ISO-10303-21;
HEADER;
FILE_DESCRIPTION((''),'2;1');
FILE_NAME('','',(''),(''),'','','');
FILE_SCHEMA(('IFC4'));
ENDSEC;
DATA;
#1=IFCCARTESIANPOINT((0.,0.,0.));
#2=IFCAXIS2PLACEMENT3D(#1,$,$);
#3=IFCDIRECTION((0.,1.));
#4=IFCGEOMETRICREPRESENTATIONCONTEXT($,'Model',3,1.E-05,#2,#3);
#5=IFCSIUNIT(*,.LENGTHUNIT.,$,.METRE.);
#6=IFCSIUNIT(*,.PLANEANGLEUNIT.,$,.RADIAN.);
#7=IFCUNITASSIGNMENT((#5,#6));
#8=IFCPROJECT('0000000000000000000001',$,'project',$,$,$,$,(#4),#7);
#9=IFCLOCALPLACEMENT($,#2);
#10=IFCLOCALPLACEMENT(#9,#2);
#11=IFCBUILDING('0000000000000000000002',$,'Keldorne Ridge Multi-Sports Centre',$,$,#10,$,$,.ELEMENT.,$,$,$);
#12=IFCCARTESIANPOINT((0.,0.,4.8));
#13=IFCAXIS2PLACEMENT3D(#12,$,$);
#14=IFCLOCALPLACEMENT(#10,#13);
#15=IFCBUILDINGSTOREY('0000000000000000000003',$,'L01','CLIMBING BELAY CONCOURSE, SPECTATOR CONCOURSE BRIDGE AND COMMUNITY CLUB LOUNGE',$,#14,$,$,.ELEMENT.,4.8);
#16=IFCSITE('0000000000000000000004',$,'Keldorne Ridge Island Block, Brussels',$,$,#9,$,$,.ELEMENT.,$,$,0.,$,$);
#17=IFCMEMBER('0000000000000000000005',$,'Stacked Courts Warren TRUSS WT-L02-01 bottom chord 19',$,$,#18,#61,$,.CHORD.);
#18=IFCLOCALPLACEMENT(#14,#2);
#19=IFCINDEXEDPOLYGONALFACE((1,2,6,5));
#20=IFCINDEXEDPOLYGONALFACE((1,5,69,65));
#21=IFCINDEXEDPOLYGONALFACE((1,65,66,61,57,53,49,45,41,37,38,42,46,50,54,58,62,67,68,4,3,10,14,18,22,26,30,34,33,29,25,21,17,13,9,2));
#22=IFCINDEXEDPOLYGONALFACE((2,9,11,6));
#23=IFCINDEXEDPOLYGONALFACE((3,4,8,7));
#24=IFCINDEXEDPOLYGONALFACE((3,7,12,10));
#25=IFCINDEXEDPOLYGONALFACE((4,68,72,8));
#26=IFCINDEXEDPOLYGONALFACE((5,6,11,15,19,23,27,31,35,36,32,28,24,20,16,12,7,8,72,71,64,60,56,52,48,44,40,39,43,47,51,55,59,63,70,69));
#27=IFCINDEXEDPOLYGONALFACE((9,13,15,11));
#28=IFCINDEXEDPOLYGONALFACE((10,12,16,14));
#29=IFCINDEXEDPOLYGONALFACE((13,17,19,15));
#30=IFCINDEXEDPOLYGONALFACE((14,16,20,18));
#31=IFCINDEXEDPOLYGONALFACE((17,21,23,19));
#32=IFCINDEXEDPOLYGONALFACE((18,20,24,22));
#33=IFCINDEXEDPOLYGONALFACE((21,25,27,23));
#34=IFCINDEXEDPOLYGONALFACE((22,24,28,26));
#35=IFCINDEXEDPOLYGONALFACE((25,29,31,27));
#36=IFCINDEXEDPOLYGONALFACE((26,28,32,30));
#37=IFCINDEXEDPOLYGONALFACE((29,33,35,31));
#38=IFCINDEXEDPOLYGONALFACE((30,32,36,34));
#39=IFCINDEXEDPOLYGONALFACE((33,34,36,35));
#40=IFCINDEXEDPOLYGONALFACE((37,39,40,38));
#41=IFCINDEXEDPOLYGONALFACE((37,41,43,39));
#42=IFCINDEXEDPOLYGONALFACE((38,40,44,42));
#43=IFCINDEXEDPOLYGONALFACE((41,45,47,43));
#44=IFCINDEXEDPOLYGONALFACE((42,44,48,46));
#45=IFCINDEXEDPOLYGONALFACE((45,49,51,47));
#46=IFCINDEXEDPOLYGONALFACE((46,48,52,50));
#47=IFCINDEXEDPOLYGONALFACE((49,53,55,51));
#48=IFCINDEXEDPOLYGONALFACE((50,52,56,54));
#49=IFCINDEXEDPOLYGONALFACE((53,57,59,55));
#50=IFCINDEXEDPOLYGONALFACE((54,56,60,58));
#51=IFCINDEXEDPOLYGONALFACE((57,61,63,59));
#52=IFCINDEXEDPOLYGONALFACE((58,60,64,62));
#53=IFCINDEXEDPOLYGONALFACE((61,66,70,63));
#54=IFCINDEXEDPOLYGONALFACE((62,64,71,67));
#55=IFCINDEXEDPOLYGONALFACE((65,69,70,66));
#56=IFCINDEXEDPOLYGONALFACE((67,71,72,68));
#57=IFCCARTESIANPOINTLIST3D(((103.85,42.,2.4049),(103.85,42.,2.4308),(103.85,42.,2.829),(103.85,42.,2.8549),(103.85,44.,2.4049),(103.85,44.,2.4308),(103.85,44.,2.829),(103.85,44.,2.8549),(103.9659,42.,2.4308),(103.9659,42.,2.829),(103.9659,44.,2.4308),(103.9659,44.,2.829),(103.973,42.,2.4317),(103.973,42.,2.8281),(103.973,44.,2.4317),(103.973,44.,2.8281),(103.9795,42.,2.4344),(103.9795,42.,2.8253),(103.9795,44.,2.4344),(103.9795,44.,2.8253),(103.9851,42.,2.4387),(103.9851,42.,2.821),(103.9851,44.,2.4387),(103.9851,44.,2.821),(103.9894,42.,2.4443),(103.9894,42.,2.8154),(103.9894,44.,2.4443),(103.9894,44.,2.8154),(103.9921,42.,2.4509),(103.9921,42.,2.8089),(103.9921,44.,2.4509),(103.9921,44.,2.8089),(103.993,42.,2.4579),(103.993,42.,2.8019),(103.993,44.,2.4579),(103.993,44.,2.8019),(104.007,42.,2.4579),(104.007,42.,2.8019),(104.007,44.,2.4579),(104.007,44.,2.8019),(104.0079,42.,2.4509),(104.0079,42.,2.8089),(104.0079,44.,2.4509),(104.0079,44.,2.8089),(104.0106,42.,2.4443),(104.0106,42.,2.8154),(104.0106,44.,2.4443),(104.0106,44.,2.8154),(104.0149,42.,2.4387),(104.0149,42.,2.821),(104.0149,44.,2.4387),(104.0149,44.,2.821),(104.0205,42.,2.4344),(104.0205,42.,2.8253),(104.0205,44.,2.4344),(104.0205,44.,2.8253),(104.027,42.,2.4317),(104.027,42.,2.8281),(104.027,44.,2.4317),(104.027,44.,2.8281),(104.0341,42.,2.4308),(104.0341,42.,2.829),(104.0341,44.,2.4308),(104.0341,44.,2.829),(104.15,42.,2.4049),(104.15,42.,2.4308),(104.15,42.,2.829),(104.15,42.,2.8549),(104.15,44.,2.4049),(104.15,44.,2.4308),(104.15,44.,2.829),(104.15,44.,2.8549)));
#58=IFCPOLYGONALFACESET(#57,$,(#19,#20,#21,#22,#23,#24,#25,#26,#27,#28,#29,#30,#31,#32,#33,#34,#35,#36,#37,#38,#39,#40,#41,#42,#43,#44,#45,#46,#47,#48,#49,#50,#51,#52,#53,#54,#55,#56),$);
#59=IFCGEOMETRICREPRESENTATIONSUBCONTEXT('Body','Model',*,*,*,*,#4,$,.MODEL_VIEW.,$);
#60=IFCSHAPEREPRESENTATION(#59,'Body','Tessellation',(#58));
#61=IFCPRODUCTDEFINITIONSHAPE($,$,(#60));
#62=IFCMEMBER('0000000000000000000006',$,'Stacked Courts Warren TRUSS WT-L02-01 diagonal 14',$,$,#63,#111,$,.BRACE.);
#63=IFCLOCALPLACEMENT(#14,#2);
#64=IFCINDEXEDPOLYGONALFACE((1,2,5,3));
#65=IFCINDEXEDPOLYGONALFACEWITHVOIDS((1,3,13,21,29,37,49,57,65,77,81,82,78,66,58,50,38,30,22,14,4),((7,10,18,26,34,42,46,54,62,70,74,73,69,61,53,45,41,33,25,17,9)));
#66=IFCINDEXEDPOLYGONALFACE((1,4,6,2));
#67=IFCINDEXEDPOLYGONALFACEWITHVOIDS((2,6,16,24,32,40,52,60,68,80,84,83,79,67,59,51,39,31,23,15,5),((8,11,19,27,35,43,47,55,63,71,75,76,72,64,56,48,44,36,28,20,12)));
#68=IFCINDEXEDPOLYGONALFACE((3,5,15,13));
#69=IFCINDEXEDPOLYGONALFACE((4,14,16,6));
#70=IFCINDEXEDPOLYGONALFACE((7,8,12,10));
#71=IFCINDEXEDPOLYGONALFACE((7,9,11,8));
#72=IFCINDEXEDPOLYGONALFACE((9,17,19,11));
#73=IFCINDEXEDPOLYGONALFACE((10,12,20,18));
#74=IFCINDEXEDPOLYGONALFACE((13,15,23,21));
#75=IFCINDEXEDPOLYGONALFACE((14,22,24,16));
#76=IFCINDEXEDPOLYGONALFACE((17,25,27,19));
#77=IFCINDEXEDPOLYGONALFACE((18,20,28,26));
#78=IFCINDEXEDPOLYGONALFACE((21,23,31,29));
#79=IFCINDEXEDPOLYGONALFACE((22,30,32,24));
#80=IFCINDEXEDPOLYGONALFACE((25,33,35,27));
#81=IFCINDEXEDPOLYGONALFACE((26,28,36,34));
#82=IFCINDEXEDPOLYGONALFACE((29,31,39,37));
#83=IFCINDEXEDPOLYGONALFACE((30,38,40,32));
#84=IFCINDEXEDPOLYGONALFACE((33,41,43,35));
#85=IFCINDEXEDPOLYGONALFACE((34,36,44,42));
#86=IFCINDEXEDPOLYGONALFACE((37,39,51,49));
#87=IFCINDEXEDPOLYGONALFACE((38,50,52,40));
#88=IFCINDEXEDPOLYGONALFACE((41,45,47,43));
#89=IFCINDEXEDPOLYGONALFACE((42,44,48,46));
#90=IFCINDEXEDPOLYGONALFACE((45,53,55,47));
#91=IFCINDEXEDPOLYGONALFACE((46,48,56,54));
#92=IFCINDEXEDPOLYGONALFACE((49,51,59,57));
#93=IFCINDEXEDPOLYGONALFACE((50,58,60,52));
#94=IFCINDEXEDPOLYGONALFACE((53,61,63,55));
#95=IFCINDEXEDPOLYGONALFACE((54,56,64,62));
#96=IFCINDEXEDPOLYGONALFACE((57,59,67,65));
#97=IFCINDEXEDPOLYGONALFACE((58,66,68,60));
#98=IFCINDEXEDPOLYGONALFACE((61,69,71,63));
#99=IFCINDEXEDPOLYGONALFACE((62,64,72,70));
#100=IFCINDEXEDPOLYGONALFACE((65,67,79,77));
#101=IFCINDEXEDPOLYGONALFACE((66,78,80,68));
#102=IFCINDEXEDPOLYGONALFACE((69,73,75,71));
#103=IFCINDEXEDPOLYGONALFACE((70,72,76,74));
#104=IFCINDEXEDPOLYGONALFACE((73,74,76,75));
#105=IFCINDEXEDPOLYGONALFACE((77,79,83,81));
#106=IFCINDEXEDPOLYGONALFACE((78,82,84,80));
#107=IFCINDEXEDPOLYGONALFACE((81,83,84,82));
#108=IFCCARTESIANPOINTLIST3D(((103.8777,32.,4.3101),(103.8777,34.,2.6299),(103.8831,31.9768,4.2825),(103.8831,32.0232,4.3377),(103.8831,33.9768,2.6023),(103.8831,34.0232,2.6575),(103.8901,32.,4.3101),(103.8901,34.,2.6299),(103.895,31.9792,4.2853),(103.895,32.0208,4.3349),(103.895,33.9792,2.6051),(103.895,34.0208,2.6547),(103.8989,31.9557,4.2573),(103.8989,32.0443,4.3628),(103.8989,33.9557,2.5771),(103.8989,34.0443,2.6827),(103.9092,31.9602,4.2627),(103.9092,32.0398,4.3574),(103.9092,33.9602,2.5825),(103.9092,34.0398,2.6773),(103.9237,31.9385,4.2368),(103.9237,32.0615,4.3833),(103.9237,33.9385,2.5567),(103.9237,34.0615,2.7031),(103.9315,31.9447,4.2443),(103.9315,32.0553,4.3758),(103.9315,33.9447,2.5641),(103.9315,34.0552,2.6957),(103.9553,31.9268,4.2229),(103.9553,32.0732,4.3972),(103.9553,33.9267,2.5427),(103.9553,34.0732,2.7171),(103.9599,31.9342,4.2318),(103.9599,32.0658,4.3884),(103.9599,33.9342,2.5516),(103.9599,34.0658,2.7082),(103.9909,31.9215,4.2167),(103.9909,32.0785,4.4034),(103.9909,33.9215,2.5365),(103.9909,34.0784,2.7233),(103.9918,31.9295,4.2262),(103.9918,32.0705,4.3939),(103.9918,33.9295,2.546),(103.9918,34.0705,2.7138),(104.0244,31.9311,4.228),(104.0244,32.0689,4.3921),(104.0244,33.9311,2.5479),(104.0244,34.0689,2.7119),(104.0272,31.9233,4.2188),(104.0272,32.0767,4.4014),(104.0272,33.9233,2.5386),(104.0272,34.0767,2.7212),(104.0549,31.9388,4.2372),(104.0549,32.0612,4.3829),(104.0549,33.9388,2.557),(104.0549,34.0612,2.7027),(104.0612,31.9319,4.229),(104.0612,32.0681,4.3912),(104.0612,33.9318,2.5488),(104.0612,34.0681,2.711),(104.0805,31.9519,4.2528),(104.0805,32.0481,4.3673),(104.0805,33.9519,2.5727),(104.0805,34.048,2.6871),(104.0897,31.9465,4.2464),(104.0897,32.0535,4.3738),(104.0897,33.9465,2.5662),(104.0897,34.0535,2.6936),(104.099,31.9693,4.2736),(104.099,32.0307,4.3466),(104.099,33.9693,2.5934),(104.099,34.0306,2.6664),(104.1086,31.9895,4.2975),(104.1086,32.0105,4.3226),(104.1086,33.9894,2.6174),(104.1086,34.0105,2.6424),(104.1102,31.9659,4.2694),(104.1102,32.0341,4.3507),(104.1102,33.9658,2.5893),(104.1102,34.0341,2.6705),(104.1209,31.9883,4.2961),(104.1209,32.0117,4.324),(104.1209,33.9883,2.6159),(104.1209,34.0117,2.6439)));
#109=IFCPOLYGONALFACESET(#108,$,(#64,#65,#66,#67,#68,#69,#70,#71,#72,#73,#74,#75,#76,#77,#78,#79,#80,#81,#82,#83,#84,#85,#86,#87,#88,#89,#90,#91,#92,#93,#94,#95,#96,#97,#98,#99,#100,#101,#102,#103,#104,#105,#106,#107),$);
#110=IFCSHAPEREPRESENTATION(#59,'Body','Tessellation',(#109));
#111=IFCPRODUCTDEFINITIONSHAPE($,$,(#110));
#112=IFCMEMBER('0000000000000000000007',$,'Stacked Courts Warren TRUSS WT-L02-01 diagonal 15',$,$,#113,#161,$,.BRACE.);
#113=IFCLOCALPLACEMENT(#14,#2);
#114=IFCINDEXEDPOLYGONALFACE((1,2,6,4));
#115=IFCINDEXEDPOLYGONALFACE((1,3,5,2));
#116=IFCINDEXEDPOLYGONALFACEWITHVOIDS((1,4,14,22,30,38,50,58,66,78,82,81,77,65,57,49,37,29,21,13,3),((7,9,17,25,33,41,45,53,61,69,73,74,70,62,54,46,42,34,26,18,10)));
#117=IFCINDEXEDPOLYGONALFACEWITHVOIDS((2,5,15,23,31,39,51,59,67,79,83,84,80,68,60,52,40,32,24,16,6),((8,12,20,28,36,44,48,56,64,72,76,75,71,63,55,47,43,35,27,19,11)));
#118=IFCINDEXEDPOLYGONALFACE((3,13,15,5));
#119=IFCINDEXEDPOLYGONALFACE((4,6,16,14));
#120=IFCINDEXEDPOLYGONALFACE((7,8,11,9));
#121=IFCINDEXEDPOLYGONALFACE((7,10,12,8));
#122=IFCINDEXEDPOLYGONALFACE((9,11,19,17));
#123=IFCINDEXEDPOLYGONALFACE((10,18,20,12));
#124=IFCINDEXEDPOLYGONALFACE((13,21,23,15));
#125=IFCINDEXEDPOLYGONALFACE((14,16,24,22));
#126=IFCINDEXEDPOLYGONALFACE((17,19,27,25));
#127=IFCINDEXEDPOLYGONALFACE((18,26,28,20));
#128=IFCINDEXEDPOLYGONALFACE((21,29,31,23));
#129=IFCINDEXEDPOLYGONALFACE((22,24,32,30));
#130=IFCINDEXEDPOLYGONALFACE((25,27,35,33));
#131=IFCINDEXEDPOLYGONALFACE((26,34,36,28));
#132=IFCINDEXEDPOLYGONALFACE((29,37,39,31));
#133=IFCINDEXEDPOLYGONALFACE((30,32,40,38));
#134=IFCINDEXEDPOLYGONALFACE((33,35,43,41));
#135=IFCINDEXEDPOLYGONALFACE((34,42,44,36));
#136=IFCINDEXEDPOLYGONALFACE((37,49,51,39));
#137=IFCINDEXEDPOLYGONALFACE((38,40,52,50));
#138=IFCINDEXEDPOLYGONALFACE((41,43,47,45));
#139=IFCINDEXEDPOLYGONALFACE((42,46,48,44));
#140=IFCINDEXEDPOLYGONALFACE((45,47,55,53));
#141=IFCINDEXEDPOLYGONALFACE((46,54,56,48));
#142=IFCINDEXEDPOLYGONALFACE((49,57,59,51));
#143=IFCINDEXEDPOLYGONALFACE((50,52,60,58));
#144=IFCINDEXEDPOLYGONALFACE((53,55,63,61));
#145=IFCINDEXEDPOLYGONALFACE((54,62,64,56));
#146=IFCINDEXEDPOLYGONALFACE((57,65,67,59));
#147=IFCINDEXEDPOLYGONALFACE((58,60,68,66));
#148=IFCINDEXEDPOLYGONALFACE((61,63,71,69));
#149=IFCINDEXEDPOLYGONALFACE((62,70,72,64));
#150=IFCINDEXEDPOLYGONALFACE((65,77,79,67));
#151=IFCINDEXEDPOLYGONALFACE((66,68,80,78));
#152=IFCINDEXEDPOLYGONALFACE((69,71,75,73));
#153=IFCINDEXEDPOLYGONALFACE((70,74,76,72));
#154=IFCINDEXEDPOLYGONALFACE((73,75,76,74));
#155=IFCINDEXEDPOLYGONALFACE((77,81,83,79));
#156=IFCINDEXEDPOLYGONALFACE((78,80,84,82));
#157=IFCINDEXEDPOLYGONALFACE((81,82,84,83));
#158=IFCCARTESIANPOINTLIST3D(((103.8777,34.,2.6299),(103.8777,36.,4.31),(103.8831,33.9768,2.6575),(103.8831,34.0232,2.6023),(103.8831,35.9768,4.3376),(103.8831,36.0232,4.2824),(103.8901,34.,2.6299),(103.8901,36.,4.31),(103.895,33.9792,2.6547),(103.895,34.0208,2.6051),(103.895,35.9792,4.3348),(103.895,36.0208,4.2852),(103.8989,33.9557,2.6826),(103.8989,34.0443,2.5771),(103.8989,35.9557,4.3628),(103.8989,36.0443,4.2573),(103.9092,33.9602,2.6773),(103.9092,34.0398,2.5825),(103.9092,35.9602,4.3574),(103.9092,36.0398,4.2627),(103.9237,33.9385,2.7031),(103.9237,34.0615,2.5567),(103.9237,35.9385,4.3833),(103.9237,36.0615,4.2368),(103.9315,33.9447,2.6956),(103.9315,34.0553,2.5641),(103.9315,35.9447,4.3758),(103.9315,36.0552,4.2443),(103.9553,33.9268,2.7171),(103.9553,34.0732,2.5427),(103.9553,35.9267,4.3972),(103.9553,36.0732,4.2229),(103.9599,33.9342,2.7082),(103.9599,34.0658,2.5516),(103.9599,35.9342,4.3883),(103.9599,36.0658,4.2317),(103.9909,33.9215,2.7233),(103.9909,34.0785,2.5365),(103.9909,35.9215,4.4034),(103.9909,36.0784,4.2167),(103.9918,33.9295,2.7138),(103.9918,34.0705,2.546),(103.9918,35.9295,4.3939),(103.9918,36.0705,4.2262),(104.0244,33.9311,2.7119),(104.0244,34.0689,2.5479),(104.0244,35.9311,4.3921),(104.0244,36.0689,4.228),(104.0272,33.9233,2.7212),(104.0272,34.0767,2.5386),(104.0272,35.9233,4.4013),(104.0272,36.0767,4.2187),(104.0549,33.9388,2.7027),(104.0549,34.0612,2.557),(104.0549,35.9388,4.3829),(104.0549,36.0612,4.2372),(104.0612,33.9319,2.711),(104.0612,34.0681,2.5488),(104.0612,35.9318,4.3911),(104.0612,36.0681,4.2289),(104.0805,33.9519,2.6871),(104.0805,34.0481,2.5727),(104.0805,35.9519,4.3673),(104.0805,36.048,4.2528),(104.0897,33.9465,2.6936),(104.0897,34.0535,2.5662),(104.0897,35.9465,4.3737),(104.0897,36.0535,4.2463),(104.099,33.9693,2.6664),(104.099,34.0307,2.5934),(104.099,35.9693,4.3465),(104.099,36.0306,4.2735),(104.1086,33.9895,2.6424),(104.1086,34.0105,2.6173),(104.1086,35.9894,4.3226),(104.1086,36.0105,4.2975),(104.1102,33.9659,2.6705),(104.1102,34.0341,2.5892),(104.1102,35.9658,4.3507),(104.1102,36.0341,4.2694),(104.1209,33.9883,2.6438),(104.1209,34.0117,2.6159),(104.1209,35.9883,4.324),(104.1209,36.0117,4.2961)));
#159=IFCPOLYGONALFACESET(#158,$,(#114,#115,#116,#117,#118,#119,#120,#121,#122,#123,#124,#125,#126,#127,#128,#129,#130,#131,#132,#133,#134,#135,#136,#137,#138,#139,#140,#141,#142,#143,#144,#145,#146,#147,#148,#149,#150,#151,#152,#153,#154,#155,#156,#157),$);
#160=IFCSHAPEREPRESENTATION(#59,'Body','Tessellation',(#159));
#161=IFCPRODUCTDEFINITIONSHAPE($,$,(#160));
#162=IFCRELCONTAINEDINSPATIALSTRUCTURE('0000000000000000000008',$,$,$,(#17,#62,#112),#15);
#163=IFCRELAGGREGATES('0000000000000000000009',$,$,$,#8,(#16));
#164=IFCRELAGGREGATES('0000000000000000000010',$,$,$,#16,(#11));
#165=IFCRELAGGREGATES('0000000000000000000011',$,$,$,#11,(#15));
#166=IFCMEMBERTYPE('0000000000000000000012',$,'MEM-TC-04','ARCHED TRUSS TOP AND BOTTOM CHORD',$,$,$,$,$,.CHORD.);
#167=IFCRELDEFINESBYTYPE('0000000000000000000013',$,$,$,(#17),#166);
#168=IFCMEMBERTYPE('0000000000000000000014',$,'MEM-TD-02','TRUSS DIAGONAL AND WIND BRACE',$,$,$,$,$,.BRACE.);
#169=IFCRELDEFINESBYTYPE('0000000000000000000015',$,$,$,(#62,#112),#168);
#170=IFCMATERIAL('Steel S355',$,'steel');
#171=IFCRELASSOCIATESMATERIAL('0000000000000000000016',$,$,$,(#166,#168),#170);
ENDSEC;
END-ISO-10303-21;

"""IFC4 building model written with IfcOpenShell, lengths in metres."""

from ifc_helpers import new_model, si_unit, direction, frame, origin, origin_2d, place, context, subcontext, project, spatial, hollow_circle, i_section, extrude, material, material_profile, profile_set, type_object, element, save


model = new_model("IFC4")

# Units and contexts
model_context = context("Model", 3, precision=1e-05, world=origin(), true_north=direction((0.0, 1.0)))
body_context = subcontext(model_context, "Body", "Model", "MODEL_VIEW")
ifc_project = project(units=[si_unit("LENGTHUNIT", "METRE"), si_unit("PLANEANGLEUNIT", "RADIAN")], contexts=[model_context])

# Site, building, storey
site_placement = place(None, origin())
site = spatial("IfcSite", under=ifc_project, at=site_placement, Name="Keldorne Ridge Island Block, Brussels", CompositionType="ELEMENT", RefElevation=0.0)
building_placement = place(site_placement, origin())
building = spatial("IfcBuilding", under=site, at=building_placement, Name="Keldorne Ridge Multi-Sports Centre", CompositionType="ELEMENT")
storey_placement = place(building_placement, frame((0.0, 0.0, 4.8)))
storey = spatial("IfcBuildingStorey", under=building, at=storey_placement, Name="L01", Description="CLIMBING BELAY CONCOURSE, SPECTATOR CONCOURSE BRIDGE AND COMMUNITY CLUB LOUNGE", CompositionType="ELEMENT", Elevation=4.8)

# Shared definitions
ifc_material = material(Name="Steel S355", Category="steel")

# Members
ifc_material_profile_1 = material_profile(ifc_material, i_section(OverallWidth=0.3, OverallDepth=0.45, WebThickness=0.0139, FlangeThickness=0.0259, FilletRadius=0.0271, at=origin_2d()), Name="HEB 450")
ifc_profile_set_1 = profile_set([ifc_material_profile_1], Name="Steel S355")
member_type_1 = type_object("IfcMemberType", Name="MEM-TC-04", Description="ARCHED TRUSS TOP AND BOTTOM CHORD", PredefinedType="CHORD", material=ifc_profile_set_1)
for number, where, z_axis, x_axis, name in (
    (1, (104.0, 42.0, 2.6299), (0.0, 1.0, 0.0), (-1.0, 0.0, 0.0), "Stacked Courts Warren TRUSS WT-L02-01 bottom chord 19"),
):
    element("IfcMember", number, at=place(storey_placement, frame(where, z_axis=z_axis, x_axis=x_axis)), inside=storey, type_object=member_type_1, Name=name, PredefinedType="CHORD", context=body_context, shape_type="SweptSolid", body=[
        extrude(i_section(OverallWidth=0.3, OverallDepth=0.45, WebThickness=0.0139, FlangeThickness=0.0259, FilletRadius=0.0271, at=origin_2d()), origin(), (0.0, 0.0, 1.0), 2.0),
    ])
ifc_material_profile_2 = material_profile(ifc_material, hollow_circle(Radius=0.1223, WallThickness=0.0125, at=origin_2d()), Name="CHS 244.5x12.5")
ifc_profile_set_2 = profile_set([ifc_material_profile_2], Name="Steel S355")
member_type_2 = type_object("IfcMemberType", Name="MEM-TD-02", Description="TRUSS DIAGONAL AND WIND BRACE", PredefinedType="BRACE", material=ifc_profile_set_2)
for number, where, z_axis, x_axis, name in (
    (2, (104.0, 32.0, 4.3101), (0.0, 0.765672, -0.643232), (-1.0, 0.0, 0.0), "Stacked Courts Warren TRUSS WT-L02-01 diagonal 14"),
    (3, (104.0, 34.0, 2.6299), (0.0, 0.765672, 0.643232), (-1.0, 0.0, 0.0), "Stacked Courts Warren TRUSS WT-L02-01 diagonal 15"),
):
    element("IfcMember", number, at=place(storey_placement, frame(where, z_axis=z_axis, x_axis=x_axis)), inside=storey, type_object=member_type_2, Name=name, PredefinedType="BRACE", context=body_context, shape_type="SweptSolid", body=[
        extrude(hollow_circle(Radius=0.1223, WallThickness=0.0125, at=origin_2d()), origin(), (0.0, 0.0, 1.0), 2.6121),
    ])

save(model, "model.ifc")
